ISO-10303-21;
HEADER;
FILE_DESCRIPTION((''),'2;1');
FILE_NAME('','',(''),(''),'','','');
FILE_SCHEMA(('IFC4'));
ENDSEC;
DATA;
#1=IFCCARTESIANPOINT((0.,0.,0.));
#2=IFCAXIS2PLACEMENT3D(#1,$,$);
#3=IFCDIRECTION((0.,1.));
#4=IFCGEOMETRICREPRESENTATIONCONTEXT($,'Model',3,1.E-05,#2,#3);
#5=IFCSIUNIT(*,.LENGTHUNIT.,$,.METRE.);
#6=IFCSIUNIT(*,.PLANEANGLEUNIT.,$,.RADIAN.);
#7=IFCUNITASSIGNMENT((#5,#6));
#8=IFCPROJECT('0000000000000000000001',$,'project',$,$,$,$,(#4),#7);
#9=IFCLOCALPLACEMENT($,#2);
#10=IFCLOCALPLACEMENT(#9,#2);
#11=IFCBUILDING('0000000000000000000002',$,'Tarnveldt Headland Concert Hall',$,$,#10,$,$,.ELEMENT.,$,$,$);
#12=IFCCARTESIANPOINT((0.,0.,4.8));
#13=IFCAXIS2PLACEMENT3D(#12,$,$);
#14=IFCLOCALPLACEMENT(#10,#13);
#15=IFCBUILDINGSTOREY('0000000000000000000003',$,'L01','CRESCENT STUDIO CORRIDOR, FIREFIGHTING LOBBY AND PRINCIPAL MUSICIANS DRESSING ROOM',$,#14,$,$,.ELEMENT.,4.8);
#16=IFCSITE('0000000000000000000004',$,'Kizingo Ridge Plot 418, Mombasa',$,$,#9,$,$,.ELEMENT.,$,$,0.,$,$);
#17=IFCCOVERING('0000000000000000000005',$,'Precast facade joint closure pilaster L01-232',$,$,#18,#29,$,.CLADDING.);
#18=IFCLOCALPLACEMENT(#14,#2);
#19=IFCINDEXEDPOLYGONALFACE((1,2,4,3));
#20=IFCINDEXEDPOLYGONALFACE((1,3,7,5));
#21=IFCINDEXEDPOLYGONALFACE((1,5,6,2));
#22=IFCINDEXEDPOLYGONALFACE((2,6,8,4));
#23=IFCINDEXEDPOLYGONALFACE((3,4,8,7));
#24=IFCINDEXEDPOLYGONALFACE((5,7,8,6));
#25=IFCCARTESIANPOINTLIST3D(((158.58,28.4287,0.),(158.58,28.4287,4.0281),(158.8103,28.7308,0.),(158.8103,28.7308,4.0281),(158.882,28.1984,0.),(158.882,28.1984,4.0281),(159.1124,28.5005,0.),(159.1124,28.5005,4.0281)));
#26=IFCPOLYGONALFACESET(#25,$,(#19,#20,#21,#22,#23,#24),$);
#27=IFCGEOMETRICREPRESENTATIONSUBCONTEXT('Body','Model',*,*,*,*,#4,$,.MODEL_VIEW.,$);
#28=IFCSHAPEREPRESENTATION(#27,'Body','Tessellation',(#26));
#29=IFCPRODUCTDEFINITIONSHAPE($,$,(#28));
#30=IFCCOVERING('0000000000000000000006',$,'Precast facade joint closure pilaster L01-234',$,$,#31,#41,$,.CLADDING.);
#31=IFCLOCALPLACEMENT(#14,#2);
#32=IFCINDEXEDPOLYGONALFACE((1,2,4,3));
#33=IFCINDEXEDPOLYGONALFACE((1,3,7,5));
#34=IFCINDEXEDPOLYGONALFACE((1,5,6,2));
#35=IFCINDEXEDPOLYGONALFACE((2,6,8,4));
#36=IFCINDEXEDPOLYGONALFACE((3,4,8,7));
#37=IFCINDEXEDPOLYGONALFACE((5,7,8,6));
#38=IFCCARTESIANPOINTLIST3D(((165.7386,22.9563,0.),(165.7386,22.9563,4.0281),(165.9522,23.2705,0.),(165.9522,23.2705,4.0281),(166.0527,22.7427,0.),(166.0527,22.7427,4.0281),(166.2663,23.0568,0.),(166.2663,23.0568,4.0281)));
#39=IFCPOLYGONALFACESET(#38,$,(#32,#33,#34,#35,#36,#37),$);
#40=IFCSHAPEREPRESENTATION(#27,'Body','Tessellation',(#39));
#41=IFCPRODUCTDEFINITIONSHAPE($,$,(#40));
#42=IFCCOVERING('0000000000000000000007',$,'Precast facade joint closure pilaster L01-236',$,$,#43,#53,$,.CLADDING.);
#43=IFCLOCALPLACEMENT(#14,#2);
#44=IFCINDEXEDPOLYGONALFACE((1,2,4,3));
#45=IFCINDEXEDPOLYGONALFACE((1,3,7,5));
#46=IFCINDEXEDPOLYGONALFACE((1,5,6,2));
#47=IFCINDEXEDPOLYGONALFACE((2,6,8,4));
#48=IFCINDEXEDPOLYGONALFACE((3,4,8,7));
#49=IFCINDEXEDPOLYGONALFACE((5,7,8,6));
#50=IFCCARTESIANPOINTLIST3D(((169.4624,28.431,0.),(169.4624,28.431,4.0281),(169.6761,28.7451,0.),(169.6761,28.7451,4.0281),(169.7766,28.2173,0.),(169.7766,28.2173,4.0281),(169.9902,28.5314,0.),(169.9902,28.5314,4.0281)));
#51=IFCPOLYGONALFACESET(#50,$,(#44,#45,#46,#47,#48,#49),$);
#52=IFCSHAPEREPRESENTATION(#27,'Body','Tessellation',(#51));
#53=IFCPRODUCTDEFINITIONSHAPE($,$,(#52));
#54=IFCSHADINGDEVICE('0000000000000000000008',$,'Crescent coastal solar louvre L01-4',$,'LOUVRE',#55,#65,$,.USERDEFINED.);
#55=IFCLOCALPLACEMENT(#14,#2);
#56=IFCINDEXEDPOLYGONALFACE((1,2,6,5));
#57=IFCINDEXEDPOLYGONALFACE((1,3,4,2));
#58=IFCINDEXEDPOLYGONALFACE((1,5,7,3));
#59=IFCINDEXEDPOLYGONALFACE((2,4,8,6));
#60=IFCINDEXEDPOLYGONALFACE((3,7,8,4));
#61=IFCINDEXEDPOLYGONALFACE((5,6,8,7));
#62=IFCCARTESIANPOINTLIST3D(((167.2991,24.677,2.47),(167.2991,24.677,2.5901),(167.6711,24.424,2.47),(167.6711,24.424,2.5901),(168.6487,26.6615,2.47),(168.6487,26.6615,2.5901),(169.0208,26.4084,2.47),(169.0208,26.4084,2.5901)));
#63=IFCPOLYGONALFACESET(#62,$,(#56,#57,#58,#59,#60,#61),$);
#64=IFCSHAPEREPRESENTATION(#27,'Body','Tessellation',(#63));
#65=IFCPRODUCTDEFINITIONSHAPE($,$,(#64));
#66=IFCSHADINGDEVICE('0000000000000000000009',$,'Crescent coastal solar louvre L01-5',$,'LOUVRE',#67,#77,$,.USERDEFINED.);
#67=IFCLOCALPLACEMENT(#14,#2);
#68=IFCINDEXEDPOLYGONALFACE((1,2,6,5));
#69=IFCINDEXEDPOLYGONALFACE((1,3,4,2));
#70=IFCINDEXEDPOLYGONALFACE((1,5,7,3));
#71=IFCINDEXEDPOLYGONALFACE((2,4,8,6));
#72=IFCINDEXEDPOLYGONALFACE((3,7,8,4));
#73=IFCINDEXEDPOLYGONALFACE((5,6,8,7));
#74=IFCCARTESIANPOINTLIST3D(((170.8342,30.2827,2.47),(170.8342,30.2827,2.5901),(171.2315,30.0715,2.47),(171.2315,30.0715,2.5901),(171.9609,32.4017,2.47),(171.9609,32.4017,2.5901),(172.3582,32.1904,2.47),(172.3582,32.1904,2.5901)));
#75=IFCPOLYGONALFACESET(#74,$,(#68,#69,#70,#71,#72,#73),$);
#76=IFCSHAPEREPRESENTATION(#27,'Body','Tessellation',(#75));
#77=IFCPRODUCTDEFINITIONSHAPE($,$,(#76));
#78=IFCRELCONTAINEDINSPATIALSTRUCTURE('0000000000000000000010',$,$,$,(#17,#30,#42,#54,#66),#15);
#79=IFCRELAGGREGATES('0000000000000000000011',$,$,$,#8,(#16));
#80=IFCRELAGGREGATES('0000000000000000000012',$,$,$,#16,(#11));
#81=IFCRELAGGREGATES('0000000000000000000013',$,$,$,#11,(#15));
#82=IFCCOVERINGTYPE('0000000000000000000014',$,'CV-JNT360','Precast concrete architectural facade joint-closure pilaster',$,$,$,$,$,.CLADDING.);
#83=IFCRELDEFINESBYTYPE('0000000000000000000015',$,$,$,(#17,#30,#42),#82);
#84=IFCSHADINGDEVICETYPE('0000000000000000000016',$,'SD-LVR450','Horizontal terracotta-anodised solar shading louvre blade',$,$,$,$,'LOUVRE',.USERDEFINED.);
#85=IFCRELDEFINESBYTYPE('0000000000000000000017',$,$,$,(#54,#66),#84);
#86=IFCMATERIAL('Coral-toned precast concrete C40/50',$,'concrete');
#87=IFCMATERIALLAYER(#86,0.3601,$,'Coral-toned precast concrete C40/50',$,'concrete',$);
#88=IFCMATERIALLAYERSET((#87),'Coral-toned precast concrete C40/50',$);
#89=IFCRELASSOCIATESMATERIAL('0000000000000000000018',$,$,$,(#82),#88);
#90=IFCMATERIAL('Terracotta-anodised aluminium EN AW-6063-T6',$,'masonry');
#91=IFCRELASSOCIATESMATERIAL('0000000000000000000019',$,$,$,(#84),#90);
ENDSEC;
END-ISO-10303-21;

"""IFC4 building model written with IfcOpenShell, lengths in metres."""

from ifc_helpers import new_model, si_unit, direction, frame, origin, origin_2d, place, context, subcontext, project, spatial, rectangle, extrude, material, layer, layer_set, type_object, element, save


model = new_model("IFC4")

# Units and contexts
model_context = context("Model", 3, precision=1e-05, world=origin(), true_north=direction((0.0, 1.0)))
body_context = subcontext(model_context, "Body", "Model", "MODEL_VIEW")
ifc_project = project(units=[si_unit("LENGTHUNIT", "METRE"), si_unit("PLANEANGLEUNIT", "RADIAN")], contexts=[model_context])

# Site, building, storey
site_placement = place(None, origin())
site = spatial("IfcSite", under=ifc_project, at=site_placement, Name="Kizingo Ridge Plot 418, Mombasa", CompositionType="ELEMENT", RefElevation=0.0)
building_placement = place(site_placement, origin())
building = spatial("IfcBuilding", under=site, at=building_placement, Name="Tarnveldt Headland Concert Hall", CompositionType="ELEMENT")
storey_placement = place(building_placement, frame((0.0, 0.0, 4.8)))
storey = spatial("IfcBuildingStorey", under=building, at=storey_placement, Name="L01", Description="CRESCENT STUDIO CORRIDOR, FIREFIGHTING LOBBY AND PRINCIPAL MUSICIANS DRESSING ROOM", CompositionType="ELEMENT", Elevation=4.8)

# Shared definitions
ifc_material_1 = material(Name="Coral-toned precast concrete C40/50", Category="concrete")

# Coverings
ifc_layer_1 = layer(ifc_material_1, 0.3601, Name="Coral-toned precast concrete C40/50", Category="concrete")
ifc_layer_set_1 = layer_set([ifc_layer_1], Name="Coral-toned precast concrete C40/50")
covering_type = type_object("IfcCoveringType", Name="CV-JNT360", Description="Precast concrete architectural facade joint-closure pilaster", PredefinedType="CLADDING", material=ifc_layer_set_1)
for number, where, z_axis, x_axis, name in (
    (1, (158.8462, 28.4646, 0.0), (0.0, 0.0, 1.0), (-0.795156, 0.606405, 0.0), "Precast facade joint closure pilaster L01-232"),
    (2, (166.0024, 23.0066, 0.0), (0.0, 0.0, 1.0), (-0.562372, -0.826884, 0.0), "Precast facade joint closure pilaster L01-234"),
    (3, (169.7263, 28.4812, 0.0), (0.0, 0.0, 1.0), (-0.562372, -0.826884, 0.0), "Precast facade joint closure pilaster L01-236"),
):
    element("IfcCovering", number, at=place(storey_placement, frame(where, z_axis=z_axis, x_axis=x_axis)), inside=storey, type_object=covering_type, Name=name, PredefinedType="CLADDING", context=body_context, shape_type="SweptSolid", body=[
        extrude(rectangle(XDim=0.3799, YDim=0.3799, at=origin_2d()), origin(), (0.0, 0.0, 1.0), 4.0281),
    ])

# Shading devices
ifc_material_2 = material(Name="Terracotta-anodised aluminium EN AW-6063-T6", Category="masonry")
shading_device_type = type_object("IfcShadingDeviceType", Name="SD-LVR450", Description="Horizontal terracotta-anodised solar shading louvre blade", ElementType="LOUVRE", PredefinedType="USERDEFINED", material=ifc_material_2)
for number, where, z_axis, x_axis, name in (
    (4, (168.1599, 25.5427, 2.47), (0.0, 0.0, 1.0), (0.826884, -0.562372, 0.0), "Crescent coastal solar louvre L01-4"),
    (5, (171.5962, 31.2366, 2.47), (0.0, 0.0, 1.0), (0.882948, -0.469472, 0.0), "Crescent coastal solar louvre L01-5"),
):
    element("IfcShadingDevice", number, at=place(storey_placement, frame(where, z_axis=z_axis, x_axis=x_axis)), inside=storey, type_object=shading_device_type, Name=name, ObjectType="LOUVRE", PredefinedType="USERDEFINED", context=body_context, shape_type="SweptSolid", body=[
        extrude(rectangle(XDim=0.45, YDim=2.3999, at=origin_2d()), origin(), (0.0, 0.0, 1.0), 0.1201),
    ])

save(model, "model.ifc")
